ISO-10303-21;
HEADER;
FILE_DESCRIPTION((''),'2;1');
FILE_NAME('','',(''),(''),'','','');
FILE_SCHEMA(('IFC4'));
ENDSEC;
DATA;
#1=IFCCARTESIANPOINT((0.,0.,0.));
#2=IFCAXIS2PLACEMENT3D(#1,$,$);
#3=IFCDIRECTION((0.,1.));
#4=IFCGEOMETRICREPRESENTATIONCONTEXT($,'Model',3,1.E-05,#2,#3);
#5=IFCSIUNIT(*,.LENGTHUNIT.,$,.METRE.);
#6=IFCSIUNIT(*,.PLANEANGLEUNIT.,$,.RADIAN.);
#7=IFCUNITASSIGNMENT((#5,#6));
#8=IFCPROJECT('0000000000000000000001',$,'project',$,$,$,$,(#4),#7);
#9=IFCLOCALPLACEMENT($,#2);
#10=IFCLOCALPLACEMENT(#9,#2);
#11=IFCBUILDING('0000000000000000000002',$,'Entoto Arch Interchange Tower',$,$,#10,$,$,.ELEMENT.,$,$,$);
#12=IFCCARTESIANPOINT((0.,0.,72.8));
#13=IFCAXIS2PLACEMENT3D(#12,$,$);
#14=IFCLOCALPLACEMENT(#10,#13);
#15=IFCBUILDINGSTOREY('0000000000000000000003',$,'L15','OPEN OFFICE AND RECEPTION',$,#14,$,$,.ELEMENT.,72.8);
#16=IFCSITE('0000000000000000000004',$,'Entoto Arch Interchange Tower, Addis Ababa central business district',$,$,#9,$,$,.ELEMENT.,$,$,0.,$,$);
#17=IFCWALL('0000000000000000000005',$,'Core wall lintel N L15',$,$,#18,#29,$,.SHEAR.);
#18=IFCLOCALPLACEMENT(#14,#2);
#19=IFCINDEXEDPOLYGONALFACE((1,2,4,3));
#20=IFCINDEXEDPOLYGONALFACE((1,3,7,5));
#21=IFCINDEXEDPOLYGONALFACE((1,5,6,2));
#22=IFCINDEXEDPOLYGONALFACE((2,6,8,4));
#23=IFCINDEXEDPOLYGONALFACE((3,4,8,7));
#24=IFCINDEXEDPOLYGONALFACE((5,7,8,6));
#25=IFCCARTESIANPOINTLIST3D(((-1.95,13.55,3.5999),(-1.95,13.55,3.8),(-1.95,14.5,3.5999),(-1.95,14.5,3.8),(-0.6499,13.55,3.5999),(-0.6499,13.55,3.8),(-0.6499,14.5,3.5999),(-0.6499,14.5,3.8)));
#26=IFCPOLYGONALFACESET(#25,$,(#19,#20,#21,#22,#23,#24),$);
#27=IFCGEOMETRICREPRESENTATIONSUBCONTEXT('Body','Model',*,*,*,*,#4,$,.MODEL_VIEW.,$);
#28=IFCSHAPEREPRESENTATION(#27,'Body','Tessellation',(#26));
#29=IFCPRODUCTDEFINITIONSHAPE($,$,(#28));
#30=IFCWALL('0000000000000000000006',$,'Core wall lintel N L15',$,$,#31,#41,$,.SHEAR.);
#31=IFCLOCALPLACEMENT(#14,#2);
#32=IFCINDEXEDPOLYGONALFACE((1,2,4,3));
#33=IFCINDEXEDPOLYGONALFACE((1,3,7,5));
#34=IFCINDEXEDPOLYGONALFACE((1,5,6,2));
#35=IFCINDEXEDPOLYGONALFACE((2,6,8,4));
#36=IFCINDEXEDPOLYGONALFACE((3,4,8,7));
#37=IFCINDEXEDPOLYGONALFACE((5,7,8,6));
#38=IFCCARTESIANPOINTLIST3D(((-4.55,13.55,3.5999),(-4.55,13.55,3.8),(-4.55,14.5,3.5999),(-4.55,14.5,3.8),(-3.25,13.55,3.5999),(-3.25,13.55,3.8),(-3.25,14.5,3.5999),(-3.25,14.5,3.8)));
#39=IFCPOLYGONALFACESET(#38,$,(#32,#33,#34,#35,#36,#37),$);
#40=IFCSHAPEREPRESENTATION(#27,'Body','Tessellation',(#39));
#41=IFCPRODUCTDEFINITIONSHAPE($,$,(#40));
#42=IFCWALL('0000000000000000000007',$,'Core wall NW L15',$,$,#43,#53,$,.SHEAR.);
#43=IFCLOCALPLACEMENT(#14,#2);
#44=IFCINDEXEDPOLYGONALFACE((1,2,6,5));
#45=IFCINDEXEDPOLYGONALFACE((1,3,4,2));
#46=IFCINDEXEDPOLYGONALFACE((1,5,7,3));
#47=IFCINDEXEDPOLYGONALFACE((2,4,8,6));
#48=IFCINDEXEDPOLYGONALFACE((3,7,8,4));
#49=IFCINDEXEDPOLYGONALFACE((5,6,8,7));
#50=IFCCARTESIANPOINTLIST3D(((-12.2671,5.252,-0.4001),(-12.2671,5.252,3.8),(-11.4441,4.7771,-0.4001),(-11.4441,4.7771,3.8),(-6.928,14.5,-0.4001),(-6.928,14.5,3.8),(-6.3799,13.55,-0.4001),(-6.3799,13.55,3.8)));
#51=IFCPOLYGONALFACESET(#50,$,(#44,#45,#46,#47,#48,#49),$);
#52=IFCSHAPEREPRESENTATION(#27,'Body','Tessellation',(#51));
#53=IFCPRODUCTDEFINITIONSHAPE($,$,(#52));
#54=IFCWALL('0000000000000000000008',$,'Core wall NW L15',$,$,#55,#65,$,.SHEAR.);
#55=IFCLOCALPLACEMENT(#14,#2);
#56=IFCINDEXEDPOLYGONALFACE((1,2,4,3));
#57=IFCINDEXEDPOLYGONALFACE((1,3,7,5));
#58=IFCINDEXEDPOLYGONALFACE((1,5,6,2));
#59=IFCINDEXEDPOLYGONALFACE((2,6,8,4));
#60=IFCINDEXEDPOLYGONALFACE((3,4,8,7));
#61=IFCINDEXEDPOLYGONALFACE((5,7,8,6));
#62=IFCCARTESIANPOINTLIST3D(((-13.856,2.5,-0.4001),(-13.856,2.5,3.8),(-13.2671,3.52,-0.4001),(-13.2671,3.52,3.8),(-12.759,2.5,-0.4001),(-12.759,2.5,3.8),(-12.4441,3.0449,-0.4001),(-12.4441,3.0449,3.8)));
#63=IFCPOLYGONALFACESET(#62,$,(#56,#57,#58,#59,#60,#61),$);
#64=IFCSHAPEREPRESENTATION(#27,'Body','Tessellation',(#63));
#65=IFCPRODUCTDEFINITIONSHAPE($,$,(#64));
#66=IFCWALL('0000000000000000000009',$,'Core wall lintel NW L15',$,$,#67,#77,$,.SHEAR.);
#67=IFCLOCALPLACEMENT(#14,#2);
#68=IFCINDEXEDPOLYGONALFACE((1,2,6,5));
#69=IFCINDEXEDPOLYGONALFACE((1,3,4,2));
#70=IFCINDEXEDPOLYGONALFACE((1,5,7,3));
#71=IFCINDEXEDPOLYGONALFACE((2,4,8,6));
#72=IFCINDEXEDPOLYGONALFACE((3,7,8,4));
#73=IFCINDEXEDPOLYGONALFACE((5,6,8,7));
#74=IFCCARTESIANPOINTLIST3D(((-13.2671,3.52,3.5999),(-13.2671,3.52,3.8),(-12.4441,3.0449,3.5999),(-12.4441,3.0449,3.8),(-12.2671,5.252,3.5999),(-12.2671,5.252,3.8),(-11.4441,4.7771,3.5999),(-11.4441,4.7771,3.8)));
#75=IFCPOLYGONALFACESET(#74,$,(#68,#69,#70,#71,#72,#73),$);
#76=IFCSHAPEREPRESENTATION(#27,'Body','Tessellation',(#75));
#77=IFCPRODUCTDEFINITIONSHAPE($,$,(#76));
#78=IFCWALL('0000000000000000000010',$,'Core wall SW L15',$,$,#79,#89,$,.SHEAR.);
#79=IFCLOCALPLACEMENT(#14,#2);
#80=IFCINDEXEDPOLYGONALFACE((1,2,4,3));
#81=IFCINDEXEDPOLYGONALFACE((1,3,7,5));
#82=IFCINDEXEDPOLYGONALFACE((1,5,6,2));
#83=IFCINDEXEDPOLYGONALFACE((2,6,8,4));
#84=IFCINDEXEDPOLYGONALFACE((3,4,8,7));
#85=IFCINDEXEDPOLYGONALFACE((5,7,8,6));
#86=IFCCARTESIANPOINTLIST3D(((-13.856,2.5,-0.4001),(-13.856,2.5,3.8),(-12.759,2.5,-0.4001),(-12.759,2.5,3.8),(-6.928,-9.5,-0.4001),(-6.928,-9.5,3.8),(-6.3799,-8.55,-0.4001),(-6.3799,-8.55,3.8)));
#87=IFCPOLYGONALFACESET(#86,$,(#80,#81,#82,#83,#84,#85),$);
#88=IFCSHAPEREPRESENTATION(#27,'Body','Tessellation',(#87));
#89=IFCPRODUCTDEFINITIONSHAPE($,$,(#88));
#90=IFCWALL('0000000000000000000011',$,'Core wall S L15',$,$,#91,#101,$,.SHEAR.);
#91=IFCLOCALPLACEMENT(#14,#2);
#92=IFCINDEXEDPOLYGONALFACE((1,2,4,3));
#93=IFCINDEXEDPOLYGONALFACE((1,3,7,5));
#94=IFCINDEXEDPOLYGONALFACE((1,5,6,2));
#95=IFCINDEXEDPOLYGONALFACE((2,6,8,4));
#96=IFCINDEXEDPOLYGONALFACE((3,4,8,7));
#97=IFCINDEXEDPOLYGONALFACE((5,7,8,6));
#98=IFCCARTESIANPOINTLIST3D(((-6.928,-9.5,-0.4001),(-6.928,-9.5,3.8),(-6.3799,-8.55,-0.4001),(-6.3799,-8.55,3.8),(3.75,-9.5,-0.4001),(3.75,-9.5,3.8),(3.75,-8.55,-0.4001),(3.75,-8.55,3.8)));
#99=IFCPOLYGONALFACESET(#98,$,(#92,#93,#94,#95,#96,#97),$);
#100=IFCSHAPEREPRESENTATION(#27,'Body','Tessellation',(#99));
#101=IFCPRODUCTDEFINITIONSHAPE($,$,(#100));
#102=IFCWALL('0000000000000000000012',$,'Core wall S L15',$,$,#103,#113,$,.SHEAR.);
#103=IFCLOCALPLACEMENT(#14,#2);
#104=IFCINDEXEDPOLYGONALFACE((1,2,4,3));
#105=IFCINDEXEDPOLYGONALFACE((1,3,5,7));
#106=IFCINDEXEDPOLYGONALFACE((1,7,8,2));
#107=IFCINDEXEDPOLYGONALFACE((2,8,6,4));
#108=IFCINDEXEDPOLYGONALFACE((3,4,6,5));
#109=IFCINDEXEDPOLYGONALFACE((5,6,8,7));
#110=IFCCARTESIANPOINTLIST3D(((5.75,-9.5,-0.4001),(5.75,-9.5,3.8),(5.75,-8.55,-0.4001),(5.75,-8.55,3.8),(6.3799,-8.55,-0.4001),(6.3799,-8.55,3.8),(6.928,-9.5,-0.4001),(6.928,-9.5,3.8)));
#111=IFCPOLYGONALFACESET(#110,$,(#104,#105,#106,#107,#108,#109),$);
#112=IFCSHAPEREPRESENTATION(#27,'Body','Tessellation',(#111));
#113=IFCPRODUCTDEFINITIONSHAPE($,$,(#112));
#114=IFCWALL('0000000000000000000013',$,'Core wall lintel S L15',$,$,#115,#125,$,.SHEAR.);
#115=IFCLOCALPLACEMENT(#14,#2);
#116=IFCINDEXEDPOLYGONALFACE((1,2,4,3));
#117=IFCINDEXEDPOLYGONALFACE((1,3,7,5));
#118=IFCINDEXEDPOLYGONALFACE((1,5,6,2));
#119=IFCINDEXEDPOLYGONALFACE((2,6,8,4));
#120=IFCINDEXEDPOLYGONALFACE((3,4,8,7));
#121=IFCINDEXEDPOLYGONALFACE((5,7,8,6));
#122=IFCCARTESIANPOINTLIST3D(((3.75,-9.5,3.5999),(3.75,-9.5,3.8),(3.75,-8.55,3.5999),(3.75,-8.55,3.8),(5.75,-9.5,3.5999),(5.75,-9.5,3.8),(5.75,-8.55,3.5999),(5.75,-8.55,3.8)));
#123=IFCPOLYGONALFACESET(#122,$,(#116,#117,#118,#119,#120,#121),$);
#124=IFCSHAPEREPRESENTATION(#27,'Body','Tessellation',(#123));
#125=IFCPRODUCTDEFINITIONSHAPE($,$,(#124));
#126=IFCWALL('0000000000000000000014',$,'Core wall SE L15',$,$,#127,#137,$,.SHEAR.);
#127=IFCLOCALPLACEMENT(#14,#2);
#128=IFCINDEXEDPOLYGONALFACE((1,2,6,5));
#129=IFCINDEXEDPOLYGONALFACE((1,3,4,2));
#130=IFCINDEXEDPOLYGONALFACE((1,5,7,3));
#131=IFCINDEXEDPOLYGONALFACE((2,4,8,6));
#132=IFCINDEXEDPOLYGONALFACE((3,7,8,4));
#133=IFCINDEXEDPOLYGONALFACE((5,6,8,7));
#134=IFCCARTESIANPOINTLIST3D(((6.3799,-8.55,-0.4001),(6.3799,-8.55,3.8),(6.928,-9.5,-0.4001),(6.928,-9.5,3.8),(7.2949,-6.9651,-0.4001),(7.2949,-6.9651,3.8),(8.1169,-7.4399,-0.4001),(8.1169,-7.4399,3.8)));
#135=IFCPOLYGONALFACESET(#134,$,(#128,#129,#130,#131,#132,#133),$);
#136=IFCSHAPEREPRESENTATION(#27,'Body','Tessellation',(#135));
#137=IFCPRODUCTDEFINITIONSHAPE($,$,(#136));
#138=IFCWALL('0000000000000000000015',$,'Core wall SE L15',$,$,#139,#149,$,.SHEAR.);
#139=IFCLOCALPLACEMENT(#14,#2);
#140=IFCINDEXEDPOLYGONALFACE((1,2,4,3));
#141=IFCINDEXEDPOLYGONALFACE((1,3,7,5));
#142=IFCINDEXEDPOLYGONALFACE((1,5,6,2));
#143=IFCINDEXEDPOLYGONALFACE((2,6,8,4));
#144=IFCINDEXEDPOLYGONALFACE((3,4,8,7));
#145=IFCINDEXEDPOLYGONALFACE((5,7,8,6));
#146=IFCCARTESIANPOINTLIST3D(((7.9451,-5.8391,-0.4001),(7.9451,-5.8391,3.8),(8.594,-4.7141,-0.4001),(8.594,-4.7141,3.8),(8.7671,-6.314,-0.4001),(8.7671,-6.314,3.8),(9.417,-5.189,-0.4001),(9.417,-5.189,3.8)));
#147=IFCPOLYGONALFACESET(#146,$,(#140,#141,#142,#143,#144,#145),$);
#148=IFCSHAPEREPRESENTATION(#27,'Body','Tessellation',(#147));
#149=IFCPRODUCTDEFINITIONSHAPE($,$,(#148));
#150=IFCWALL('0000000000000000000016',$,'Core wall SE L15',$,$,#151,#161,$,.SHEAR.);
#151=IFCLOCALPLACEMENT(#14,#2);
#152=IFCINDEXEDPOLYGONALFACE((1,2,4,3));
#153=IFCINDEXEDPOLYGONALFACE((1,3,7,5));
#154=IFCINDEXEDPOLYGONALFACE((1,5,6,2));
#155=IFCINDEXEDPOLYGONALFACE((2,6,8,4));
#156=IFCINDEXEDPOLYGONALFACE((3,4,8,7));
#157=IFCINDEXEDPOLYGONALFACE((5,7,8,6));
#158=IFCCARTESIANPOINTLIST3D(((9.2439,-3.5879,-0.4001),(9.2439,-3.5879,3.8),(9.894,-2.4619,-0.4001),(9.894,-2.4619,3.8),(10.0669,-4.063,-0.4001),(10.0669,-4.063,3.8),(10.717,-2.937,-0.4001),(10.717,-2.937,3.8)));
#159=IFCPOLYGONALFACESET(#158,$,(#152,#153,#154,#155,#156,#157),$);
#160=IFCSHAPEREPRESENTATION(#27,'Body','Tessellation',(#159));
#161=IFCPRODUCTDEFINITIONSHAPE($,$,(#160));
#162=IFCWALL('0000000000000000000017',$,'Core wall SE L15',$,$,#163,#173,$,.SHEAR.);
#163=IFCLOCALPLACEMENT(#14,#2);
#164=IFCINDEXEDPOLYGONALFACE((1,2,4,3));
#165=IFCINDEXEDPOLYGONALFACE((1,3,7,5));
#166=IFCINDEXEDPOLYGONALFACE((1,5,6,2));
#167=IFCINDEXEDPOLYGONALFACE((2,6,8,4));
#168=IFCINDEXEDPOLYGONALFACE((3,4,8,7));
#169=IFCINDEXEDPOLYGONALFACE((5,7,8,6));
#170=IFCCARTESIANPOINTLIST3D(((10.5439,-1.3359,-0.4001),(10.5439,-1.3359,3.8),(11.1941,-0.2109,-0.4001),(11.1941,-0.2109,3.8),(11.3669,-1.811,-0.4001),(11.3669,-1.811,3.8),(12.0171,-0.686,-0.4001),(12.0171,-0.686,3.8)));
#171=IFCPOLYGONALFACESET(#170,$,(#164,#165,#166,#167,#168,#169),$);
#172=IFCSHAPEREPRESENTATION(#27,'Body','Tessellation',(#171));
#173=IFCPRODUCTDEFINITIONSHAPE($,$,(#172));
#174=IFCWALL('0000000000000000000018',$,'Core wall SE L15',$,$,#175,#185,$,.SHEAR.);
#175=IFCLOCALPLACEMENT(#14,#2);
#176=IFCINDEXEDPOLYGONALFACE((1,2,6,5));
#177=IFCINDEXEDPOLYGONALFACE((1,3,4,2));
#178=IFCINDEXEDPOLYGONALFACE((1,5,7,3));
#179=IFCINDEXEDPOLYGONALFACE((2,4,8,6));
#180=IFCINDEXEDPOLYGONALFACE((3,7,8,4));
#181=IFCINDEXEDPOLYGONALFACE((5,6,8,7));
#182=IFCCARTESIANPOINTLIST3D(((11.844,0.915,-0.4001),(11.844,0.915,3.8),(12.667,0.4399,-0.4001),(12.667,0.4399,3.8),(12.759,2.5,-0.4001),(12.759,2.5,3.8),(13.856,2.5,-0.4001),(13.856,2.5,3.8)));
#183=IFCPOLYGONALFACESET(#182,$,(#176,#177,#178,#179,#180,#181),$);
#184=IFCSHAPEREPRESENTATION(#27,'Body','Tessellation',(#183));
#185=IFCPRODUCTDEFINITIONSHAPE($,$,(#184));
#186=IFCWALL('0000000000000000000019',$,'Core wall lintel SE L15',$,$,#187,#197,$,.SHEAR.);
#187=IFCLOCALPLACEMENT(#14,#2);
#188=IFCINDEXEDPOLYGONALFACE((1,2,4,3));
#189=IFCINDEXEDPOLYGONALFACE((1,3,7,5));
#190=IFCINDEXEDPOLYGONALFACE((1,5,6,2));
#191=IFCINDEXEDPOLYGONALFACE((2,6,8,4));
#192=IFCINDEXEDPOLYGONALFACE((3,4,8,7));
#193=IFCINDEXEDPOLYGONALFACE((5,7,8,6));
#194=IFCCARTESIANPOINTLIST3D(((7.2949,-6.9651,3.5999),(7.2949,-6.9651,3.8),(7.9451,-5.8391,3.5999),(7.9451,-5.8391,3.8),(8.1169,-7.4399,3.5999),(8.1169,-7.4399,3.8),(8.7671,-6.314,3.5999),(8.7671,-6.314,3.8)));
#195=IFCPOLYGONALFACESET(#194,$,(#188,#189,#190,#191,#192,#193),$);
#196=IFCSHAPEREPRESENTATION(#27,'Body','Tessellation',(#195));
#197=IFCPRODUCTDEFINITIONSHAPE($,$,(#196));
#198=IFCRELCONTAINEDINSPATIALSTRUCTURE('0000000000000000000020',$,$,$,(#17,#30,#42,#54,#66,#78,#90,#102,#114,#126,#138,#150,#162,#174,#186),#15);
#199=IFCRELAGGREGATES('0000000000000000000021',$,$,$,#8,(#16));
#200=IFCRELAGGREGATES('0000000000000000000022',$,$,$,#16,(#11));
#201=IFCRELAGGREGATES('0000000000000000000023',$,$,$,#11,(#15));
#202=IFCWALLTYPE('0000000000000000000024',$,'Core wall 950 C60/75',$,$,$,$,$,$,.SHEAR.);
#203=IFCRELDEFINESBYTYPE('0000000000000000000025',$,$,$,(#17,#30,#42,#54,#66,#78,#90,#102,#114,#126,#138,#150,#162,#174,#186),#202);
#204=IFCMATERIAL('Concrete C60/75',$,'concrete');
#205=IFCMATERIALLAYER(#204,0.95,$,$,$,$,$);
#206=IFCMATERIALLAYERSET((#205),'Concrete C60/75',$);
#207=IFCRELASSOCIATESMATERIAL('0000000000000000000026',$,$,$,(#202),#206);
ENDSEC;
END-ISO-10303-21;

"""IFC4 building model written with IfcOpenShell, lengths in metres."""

from ifc_helpers import new_model, si_unit, direction, frame, origin, place, context, subcontext, project, spatial, polyline, outline, extrude, material, layer, layer_set, type_object, element, save


model = new_model("IFC4")

# Units and contexts
model_context = context("Model", 3, precision=1e-05, world=origin(), true_north=direction((0.0, 1.0)))
body_context = subcontext(model_context, "Body", "Model", "MODEL_VIEW")
ifc_project = project(units=[si_unit("LENGTHUNIT", "METRE"), si_unit("PLANEANGLEUNIT", "RADIAN")], contexts=[model_context])

# Site, building, storey
site_placement = place(None, origin())
site = spatial("IfcSite", under=ifc_project, at=site_placement, Name="Entoto Arch Interchange Tower, Addis Ababa central business district", CompositionType="ELEMENT", RefElevation=0.0)
building_placement = place(site_placement, origin())
building = spatial("IfcBuilding", under=site, at=building_placement, Name="Entoto Arch Interchange Tower", CompositionType="ELEMENT")
storey_placement = place(building_placement, frame((0.0, 0.0, 72.8)))
storey = spatial("IfcBuildingStorey", under=building, at=storey_placement, Name="L15", Description="OPEN OFFICE AND RECEPTION", CompositionType="ELEMENT", Elevation=72.8)

# Walls
ifc_material_1 = material(Name="Concrete C60/75", Category="concrete")
ifc_layer_1 = layer(ifc_material_1, 0.95)
ifc_layer_set_1 = layer_set([ifc_layer_1], Name="Concrete C60/75")
wall_type_1 = type_object("IfcWallType", Name="Core wall 950 C60/75", PredefinedType="SHEAR", material=ifc_layer_set_1)
wall_1_placement = place(storey_placement, frame((0.0, 0.0, 3.5999)))
element("IfcWall", 1, at=wall_1_placement, inside=storey, type_object=wall_type_1, Name="Core wall lintel N L15", PredefinedType="SHEAR", context=body_context, shape_type="SweptSolid", body=[
    extrude(outline(polyline([(-1.95, 14.5), (-1.95, 13.55), (-0.6499, 13.55), (-0.6499, 14.5), (-1.95, 14.5)])), origin(), (0.0, 0.0, 1.0), 0.2002),
])
wall_2_placement = place(storey_placement, frame((0.0, 0.0, 3.5999)))
element("IfcWall", 2, at=wall_2_placement, inside=storey, type_object=wall_type_1, Name="Core wall lintel N L15", PredefinedType="SHEAR", context=body_context, shape_type="SweptSolid", body=[
    extrude(outline(polyline([(-4.55, 14.5), (-4.55, 13.55), (-3.25, 13.55), (-3.25, 14.5), (-4.55, 14.5)])), origin(), (0.0, 0.0, 1.0), 0.2002),
])
wall_3_placement = place(storey_placement, frame((0.0, 0.0, -0.4001)))
element("IfcWall", 3, at=wall_3_placement, inside=storey, type_object=wall_type_1, Name="Core wall NW L15", PredefinedType="SHEAR", context=body_context, shape_type="SweptSolid", body=[
    extrude(outline(polyline([(-12.2671, 5.252), (-11.4441, 4.7771), (-6.3799, 13.55), (-6.928, 14.5), (-12.2671, 5.252)])), origin(), (0.0, 0.0, 1.0), 4.2002),
])
wall_4_placement = place(storey_placement, frame((0.0, 0.0, -0.4001)))
element("IfcWall", 4, at=wall_4_placement, inside=storey, type_object=wall_type_1, Name="Core wall NW L15", PredefinedType="SHEAR", context=body_context, shape_type="SweptSolid", body=[
    extrude(outline(polyline([(-12.4441, 3.0449), (-13.2671, 3.52), (-13.856, 2.5), (-12.759, 2.5), (-12.4441, 3.0449)])), origin(), (0.0, 0.0, 1.0), 4.2002),
])
wall_5_placement = place(storey_placement, frame((0.0, 0.0, 3.5999)))
element("IfcWall", 5, at=wall_5_placement, inside=storey, type_object=wall_type_1, Name="Core wall lintel NW L15", PredefinedType="SHEAR", context=body_context, shape_type="SweptSolid", body=[
    extrude(outline(polyline([(-13.2671, 3.52), (-12.4441, 3.0449), (-11.4441, 4.7771), (-12.2671, 5.252), (-13.2671, 3.52)])), origin(), (0.0, 0.0, 1.0), 0.2002),
])
wall_6_placement = place(storey_placement, frame((0.0, 0.0, -0.4001)))
element("IfcWall", 6, at=wall_6_placement, inside=storey, type_object=wall_type_1, Name="Core wall SW L15", PredefinedType="SHEAR", context=body_context, shape_type="SweptSolid", body=[
    extrude(outline(polyline([(-13.856, 2.5), (-6.928, -9.5), (-6.3799, -8.55), (-12.759, 2.5), (-13.856, 2.5)])), origin(), (0.0, 0.0, 1.0), 4.2002),
])
wall_7_placement = place(storey_placement, frame((0.0, 0.0, -0.4001)))
element("IfcWall", 7, at=wall_7_placement, inside=storey, type_object=wall_type_1, Name="Core wall S L15", PredefinedType="SHEAR", context=body_context, shape_type="SweptSolid", body=[
    extrude(outline(polyline([(3.75, -9.5), (3.75, -8.55), (-6.3799, -8.55), (-6.928, -9.5), (3.75, -9.5)])), origin(), (0.0, 0.0, 1.0), 4.2002),
])
wall_8_placement = place(storey_placement, frame((0.0, 0.0, -0.4001)))
element("IfcWall", 8, at=wall_8_placement, inside=storey, type_object=wall_type_1, Name="Core wall S L15", PredefinedType="SHEAR", context=body_context, shape_type="SweptSolid", body=[
    extrude(outline(polyline([(5.75, -8.55), (5.75, -9.5), (6.928, -9.5), (6.3799, -8.55), (5.75, -8.55)])), origin(), (0.0, 0.0, 1.0), 4.2002),
])
wall_9_placement = place(storey_placement, frame((0.0, 0.0, 3.5999)))
element("IfcWall", 9, at=wall_9_placement, inside=storey, type_object=wall_type_1, Name="Core wall lintel S L15", PredefinedType="SHEAR", context=body_context, shape_type="SweptSolid", body=[
    extrude(outline(polyline([(5.75, -9.5), (5.75, -8.55), (3.75, -8.55), (3.75, -9.5), (5.75, -9.5)])), origin(), (0.0, 0.0, 1.0), 0.2002),
])
wall_10_placement = place(storey_placement, frame((0.0, 0.0, -0.4001)))
element("IfcWall", 10, at=wall_10_placement, inside=storey, type_object=wall_type_1, Name="Core wall SE L15", PredefinedType="SHEAR", context=body_context, shape_type="SweptSolid", body=[
    extrude(outline(polyline([(8.1169, -7.4399), (7.2949, -6.9651), (6.3799, -8.55), (6.928, -9.5), (8.1169, -7.4399)])), origin(), (0.0, 0.0, 1.0), 4.2002),
])
wall_11_placement = place(storey_placement, frame((0.0, 0.0, -0.4001)))
element("IfcWall", 11, at=wall_11_placement, inside=storey, type_object=wall_type_1, Name="Core wall SE L15", PredefinedType="SHEAR", context=body_context, shape_type="SweptSolid", body=[
    extrude(outline(polyline([(9.417, -5.189), (8.594, -4.7141), (7.9451, -5.8391), (8.7671, -6.314), (9.417, -5.189)])), origin(), (0.0, 0.0, 1.0), 4.2002),
])
wall_12_placement = place(storey_placement, frame((0.0, 0.0, -0.4001)))
element("IfcWall", 12, at=wall_12_placement, inside=storey, type_object=wall_type_1, Name="Core wall SE L15", PredefinedType="SHEAR", context=body_context, shape_type="SweptSolid", body=[
    extrude(outline(polyline([(10.717, -2.937), (9.894, -2.4619), (9.2439, -3.5879), (10.0669, -4.063), (10.717, -2.937)])), origin(), (0.0, 0.0, 1.0), 4.2002),
])
wall_13_placement = place(storey_placement, frame((0.0, 0.0, -0.4001)))
element("IfcWall", 13, at=wall_13_placement, inside=storey, type_object=wall_type_1, Name="Core wall SE L15", PredefinedType="SHEAR", context=body_context, shape_type="SweptSolid", body=[
    extrude(outline(polyline([(12.0171, -0.686), (11.1941, -0.2109), (10.5439, -1.3359), (11.3669, -1.811), (12.0171, -0.686)])), origin(), (0.0, 0.0, 1.0), 4.2002),
])
wall_14_placement = place(storey_placement, frame((0.0, 0.0, -0.4001)))
element("IfcWall", 14, at=wall_14_placement, inside=storey, type_object=wall_type_1, Name="Core wall SE L15", PredefinedType="SHEAR", context=body_context, shape_type="SweptSolid", body=[
    extrude(outline(polyline([(11.844, 0.915), (12.667, 0.4399), (13.856, 2.5), (12.759, 2.5), (11.844, 0.915)])), origin(), (0.0, 0.0, 1.0), 4.2002),
])
wall_15_placement = place(storey_placement, frame((0.0, 0.0, 3.5999)))
element("IfcWall", 15, at=wall_15_placement, inside=storey, type_object=wall_type_1, Name="Core wall lintel SE L15", PredefinedType="SHEAR", context=body_context, shape_type="SweptSolid", body=[
    extrude(outline(polyline([(8.7671, -6.314), (7.9451, -5.8391), (7.2949, -6.9651), (8.1169, -7.4399), (8.7671, -6.314)])), origin(), (0.0, 0.0, 1.0), 0.2002),
])

save(model, "model.ifc")
